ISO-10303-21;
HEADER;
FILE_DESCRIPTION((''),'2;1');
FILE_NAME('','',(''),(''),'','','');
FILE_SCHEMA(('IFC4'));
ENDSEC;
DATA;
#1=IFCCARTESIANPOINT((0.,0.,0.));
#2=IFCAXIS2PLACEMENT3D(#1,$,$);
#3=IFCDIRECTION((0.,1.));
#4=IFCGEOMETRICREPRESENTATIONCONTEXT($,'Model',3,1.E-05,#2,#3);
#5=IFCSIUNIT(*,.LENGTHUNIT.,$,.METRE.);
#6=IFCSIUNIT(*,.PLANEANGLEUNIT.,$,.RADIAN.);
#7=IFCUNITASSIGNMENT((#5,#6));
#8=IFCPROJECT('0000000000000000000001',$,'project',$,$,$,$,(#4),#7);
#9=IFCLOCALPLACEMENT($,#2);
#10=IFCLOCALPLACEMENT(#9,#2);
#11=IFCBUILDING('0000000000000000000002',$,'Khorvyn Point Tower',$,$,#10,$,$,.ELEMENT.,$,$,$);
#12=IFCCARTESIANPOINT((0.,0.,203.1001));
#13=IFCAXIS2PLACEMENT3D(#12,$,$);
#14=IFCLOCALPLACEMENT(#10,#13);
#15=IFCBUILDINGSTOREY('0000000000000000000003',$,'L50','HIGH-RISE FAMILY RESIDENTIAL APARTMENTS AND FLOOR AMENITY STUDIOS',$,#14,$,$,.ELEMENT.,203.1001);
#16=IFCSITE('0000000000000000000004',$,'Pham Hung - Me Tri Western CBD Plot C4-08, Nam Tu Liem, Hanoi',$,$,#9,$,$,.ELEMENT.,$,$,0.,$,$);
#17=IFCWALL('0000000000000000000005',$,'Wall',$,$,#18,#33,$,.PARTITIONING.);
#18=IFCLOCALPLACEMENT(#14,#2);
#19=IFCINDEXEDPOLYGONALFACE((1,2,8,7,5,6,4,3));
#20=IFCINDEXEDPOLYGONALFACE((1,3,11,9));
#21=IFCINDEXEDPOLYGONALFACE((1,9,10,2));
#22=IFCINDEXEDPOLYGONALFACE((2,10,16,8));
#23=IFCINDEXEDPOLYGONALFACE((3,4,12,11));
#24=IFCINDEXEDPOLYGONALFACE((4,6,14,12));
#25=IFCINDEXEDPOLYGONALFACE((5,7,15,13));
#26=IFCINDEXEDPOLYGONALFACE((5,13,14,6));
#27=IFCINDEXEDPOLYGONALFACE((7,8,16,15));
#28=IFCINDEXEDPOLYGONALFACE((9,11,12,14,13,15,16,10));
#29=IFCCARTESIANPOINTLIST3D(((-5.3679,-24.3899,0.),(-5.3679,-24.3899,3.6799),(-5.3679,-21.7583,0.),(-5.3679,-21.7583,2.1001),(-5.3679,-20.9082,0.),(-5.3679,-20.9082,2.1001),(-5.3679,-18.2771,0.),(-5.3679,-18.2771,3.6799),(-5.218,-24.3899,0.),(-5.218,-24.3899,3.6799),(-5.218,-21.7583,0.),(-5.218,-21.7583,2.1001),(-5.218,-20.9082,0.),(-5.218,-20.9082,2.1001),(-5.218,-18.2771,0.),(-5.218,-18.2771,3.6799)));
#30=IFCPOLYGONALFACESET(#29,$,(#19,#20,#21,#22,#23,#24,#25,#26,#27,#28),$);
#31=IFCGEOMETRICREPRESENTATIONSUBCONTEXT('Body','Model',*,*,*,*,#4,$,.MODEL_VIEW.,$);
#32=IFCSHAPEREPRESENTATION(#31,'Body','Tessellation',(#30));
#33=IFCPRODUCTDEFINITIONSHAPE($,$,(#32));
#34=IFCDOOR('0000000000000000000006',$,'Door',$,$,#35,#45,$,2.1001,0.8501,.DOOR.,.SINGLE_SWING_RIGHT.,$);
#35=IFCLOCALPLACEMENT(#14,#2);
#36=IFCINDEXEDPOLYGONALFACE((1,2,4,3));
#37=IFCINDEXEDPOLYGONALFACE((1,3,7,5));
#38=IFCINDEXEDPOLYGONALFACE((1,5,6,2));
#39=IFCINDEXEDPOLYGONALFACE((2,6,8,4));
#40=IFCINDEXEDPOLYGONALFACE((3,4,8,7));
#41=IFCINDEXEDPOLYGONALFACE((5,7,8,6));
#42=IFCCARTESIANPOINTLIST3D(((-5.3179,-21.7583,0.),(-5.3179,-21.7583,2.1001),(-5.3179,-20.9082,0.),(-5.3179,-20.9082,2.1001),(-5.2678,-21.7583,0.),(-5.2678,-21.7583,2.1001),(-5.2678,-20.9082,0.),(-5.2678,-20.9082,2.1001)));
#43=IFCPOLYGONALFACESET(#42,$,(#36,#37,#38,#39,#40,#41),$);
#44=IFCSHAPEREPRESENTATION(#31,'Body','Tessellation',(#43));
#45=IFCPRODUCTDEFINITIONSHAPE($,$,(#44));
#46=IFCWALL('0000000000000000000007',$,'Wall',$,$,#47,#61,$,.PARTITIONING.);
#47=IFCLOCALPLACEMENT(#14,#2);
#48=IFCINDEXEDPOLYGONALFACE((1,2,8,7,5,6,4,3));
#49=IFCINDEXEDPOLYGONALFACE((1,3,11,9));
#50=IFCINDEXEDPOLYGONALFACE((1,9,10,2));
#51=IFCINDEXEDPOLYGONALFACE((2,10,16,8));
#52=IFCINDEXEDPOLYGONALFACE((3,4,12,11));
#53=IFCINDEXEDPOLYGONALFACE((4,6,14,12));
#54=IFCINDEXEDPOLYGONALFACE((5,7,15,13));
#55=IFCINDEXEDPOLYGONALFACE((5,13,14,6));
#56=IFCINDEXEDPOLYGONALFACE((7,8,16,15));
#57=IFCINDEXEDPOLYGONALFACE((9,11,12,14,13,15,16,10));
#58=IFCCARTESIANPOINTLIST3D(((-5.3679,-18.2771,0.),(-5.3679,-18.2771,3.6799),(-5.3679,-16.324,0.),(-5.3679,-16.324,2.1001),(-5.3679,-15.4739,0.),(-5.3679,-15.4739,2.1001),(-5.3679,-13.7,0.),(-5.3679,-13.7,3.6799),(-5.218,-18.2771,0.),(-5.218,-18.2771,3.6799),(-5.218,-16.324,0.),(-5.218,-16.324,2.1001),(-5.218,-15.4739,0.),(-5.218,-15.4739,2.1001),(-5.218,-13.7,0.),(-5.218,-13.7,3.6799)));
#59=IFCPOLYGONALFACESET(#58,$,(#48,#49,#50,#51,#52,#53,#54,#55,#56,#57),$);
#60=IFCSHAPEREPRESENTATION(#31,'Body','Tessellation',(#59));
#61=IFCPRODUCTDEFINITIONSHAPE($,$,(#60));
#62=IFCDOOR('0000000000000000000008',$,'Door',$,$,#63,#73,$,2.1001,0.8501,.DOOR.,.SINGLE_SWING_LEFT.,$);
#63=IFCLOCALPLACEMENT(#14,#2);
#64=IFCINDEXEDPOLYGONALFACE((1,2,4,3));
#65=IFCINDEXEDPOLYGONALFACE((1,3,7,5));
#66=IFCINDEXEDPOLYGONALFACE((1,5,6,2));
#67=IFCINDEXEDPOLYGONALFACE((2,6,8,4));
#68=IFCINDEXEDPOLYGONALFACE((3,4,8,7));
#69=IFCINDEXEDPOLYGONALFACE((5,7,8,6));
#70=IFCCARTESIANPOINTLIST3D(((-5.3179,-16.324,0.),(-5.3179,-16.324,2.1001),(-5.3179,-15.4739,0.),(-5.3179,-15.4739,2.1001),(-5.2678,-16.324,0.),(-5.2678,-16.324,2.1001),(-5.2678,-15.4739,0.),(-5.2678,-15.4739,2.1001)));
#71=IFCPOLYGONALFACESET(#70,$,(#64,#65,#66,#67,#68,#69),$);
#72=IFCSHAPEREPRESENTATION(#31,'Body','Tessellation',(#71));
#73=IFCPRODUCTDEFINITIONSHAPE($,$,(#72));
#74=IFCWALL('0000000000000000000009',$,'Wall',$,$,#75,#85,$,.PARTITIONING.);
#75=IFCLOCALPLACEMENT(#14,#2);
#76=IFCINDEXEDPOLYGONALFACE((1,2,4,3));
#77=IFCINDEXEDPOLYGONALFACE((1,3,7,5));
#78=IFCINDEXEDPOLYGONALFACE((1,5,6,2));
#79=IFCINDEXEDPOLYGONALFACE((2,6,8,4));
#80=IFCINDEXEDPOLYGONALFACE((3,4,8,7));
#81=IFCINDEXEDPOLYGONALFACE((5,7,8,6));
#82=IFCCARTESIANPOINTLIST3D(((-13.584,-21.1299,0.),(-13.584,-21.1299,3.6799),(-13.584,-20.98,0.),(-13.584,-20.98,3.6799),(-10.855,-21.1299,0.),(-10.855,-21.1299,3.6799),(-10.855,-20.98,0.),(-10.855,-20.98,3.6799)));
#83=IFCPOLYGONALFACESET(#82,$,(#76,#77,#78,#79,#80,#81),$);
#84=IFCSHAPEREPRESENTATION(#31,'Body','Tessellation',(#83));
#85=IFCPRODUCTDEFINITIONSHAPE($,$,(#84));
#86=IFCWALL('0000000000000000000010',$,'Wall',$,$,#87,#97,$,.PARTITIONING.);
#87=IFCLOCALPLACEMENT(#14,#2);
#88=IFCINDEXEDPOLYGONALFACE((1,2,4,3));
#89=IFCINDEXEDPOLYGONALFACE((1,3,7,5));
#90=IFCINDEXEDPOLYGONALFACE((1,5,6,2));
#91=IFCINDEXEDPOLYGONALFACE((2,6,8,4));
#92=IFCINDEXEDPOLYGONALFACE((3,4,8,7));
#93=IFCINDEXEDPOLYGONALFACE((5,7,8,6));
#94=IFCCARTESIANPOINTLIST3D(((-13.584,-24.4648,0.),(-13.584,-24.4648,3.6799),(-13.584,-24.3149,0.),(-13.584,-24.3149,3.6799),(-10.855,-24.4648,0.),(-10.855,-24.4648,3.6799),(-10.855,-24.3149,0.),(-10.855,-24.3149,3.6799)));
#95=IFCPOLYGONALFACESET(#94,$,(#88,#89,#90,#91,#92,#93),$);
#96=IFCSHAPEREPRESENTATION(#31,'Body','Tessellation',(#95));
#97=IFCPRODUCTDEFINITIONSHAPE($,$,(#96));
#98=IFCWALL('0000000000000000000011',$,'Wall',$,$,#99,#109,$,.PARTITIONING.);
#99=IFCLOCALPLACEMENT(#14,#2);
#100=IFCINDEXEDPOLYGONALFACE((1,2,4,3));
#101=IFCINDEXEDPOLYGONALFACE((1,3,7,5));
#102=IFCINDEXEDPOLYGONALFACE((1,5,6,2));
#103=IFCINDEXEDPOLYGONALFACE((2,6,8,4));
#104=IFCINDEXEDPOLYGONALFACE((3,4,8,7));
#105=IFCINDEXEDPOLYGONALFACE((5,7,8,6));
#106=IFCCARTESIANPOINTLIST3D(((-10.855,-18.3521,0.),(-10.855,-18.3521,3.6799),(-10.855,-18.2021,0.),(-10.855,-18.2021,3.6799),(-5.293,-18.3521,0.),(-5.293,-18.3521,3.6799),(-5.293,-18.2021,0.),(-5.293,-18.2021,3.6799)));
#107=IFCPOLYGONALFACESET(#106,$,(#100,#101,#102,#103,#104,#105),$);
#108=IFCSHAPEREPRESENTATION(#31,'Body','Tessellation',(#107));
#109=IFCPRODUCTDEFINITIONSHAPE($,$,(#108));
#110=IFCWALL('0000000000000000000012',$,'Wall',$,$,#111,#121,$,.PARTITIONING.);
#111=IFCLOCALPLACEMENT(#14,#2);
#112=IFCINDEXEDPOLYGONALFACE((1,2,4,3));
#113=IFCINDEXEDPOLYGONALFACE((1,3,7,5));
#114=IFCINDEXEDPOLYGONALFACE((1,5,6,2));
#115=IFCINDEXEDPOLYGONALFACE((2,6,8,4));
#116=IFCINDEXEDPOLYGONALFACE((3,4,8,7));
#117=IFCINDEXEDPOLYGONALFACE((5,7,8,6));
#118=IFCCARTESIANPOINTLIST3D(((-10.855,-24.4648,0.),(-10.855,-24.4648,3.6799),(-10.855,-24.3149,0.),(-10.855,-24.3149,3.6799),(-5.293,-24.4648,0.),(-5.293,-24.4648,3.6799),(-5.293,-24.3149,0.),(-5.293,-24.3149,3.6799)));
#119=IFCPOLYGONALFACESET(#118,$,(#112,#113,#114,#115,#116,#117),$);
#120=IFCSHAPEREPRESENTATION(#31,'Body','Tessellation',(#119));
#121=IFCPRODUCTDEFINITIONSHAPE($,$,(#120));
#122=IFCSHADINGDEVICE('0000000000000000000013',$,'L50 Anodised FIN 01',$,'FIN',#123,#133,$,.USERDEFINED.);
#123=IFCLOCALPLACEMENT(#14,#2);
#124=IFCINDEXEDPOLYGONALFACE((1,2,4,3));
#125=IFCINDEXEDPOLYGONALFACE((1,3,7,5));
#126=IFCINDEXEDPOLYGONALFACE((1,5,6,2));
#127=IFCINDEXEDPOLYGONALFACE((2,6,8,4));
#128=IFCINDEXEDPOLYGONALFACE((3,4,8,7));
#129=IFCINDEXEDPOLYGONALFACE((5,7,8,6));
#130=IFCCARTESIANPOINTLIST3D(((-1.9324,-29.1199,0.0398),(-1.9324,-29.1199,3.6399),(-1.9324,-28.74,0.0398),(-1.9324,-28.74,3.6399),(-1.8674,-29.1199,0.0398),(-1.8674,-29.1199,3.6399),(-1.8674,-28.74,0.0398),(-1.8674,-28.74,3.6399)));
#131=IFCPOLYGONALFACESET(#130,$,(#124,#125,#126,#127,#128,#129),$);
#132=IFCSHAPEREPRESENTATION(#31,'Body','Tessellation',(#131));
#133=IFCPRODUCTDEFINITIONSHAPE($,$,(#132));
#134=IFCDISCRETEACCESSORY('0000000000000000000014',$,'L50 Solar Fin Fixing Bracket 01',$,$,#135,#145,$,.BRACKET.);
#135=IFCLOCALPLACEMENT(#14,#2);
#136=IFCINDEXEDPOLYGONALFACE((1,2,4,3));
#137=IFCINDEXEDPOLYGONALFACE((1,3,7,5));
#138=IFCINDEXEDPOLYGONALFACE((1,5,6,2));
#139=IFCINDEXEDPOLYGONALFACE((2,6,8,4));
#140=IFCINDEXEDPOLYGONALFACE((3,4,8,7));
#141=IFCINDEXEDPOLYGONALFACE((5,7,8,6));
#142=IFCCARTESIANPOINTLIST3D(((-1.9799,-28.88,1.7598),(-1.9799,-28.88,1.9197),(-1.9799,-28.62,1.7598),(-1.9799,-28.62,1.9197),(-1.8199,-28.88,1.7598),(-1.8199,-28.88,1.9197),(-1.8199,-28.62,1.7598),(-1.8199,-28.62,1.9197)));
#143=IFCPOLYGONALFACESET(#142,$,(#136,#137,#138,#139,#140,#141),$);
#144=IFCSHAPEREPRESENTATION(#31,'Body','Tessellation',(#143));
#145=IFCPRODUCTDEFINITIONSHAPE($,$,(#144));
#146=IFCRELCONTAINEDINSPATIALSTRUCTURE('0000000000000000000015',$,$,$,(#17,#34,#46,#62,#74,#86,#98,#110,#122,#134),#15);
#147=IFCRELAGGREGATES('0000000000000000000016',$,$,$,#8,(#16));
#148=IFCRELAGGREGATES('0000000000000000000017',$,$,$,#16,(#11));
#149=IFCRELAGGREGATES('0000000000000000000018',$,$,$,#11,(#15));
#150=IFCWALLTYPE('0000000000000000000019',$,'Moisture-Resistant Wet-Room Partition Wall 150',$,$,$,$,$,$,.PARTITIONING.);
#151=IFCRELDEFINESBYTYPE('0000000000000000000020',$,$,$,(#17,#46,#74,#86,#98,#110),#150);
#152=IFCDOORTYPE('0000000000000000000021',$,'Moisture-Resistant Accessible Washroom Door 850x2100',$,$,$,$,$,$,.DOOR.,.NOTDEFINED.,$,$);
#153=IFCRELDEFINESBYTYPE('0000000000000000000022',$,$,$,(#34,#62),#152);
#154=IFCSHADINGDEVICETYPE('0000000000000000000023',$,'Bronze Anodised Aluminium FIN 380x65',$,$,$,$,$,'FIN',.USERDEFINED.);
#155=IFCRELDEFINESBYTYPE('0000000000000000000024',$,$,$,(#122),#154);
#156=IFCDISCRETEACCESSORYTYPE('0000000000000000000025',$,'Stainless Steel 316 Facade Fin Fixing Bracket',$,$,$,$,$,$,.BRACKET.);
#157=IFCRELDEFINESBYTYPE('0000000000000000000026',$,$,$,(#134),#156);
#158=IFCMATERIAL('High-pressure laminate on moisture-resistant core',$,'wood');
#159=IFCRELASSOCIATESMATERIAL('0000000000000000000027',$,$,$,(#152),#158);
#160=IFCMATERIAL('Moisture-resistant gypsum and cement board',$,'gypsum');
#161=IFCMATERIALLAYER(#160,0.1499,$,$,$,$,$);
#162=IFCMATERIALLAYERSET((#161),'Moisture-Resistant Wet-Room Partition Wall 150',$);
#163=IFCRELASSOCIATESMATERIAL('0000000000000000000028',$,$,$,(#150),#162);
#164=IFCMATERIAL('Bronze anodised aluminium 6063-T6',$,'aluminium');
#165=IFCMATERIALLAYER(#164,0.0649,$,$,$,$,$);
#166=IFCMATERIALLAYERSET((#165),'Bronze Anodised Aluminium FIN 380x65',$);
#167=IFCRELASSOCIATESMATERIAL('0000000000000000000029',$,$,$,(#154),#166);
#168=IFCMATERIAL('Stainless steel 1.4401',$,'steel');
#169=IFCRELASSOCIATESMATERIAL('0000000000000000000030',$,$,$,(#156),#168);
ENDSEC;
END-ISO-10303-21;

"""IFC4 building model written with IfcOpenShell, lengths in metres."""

from ifc_helpers import new_model, si_unit, direction, frame, frame_2d, origin, origin_2d, place, context, subcontext, project, spatial, rectangle, extrude, material, layer, layer_set, type_object, element, fill, save


model = new_model("IFC4")

# Units and contexts
model_context = context("Model", 3, precision=1e-05, world=origin(), true_north=direction((0.0, 1.0)))
body_context = subcontext(model_context, "Body", "Model", "MODEL_VIEW")
ifc_project = project(units=[si_unit("LENGTHUNIT", "METRE"), si_unit("PLANEANGLEUNIT", "RADIAN")], contexts=[model_context])

# Site, building, storey
site_placement = place(None, origin())
site = spatial("IfcSite", under=ifc_project, at=site_placement, Name="Pham Hung - Me Tri Western CBD Plot C4-08, Nam Tu Liem, Hanoi", CompositionType="ELEMENT", RefElevation=0.0)
building_placement = place(site_placement, origin())
building = spatial("IfcBuilding", under=site, at=building_placement, Name="Khorvyn Point Tower", CompositionType="ELEMENT")
storey_placement = place(building_placement, frame((0.0, 0.0, 203.1001)))
storey = spatial("IfcBuildingStorey", under=building, at=storey_placement, Name="L50", Description="HIGH-RISE FAMILY RESIDENTIAL APARTMENTS AND FLOOR AMENITY STUDIOS", CompositionType="ELEMENT", Elevation=203.1001)

# Walls, openings, doors
ifc_material_1 = material(Name="High-pressure laminate on moisture-resistant core", Category="wood")
door_type_1 = type_object("IfcDoorType", Name="Moisture-Resistant Accessible Washroom Door 850x2100", OperationType="NOTDEFINED", PredefinedType="DOOR", material=ifc_material_1)
ifc_material_2 = material(Name="Moisture-resistant gypsum and cement board", Category="gypsum")
ifc_layer_1 = layer(ifc_material_2, 0.1499)
ifc_layer_set_1 = layer_set([ifc_layer_1], Name="Moisture-Resistant Wet-Room Partition Wall 150")
wall_type_1 = type_object("IfcWallType", Name="Moisture-Resistant Wet-Room Partition Wall 150", PredefinedType="PARTITIONING", material=ifc_layer_set_1)
wall_1_placement = place(storey_placement, frame((-5.293, -24.3899, 0.0), z_axis=(0.0, 0.0, 1.0), x_axis=(0.0, 1.0, 0.0)))
wall_1 = element("IfcWall", 1, at=wall_1_placement, inside=storey, type_object=wall_type_1, Name="Wall", PredefinedType="PARTITIONING", context=body_context, shape_type="SweptSolid", body=[
    extrude(rectangle(XDim=6.1128, YDim=0.1499, at=frame_2d((3.0564, 0.0))), origin(), (0.0, 0.0, 1.0), 3.6799),
])
opening_1_placement = place(wall_1_placement, frame((2.6316, 0.0, 0.0)))
opening_1 = element("IfcOpeningElement", 2, at=opening_1_placement, cuts=wall_1, PredefinedType="OPENING", context=body_context, shape_type="SweptSolid", body=[
    extrude(rectangle(XDim=0.8501, YDim=2.1001, at=frame_2d((0.425, 1.05))), frame((0.0, 0.085, 0.0), z_axis=(0.0, -1.0, 0.0), x_axis=(1.0, 0.0, 0.0)), (0.0, 0.0, 1.0), 0.1699),
])
door_1_placement = place(opening_1_placement, origin())
door_1 = element("IfcDoor", 3, at=door_1_placement, inside=storey, type_object=door_type_1, Name="Door", OperationType="SINGLE_SWING_RIGHT", OverallHeight=2.1001, OverallWidth=0.8501, PredefinedType="DOOR", context=body_context, shape_type="SweptSolid", body=[
    extrude(rectangle(XDim=0.8501, YDim=2.1001, at=frame_2d((0.425, 1.05))), frame((0.0, 0.0249, 0.0), z_axis=(0.0, -1.0, 0.0), x_axis=(1.0, 0.0, 0.0)), (0.0, 0.0, 1.0), 0.05),
])
fill(opening_1, door_1)
wall_2_placement = place(storey_placement, frame((-5.293, -18.2771, 0.0), z_axis=(0.0, 0.0, 1.0), x_axis=(0.0, 1.0, 0.0)))
wall_2 = element("IfcWall", 4, at=wall_2_placement, inside=storey, type_object=wall_type_1, Name="Wall", PredefinedType="PARTITIONING", context=body_context, shape_type="SweptSolid", body=[
    extrude(rectangle(XDim=4.5771, YDim=0.1499, at=frame_2d((2.2886, 0.0))), origin(), (0.0, 0.0, 1.0), 3.6799),
])
opening_2_placement = place(wall_2_placement, frame((1.9531, 0.0, 0.0)))
opening_2 = element("IfcOpeningElement", 5, at=opening_2_placement, cuts=wall_2, PredefinedType="OPENING", context=body_context, shape_type="SweptSolid", body=[
    extrude(rectangle(XDim=0.8501, YDim=2.1001, at=frame_2d((0.425, 1.05))), frame((0.0, 0.085, 0.0), z_axis=(0.0, -1.0, 0.0), x_axis=(1.0, 0.0, 0.0)), (0.0, 0.0, 1.0), 0.1699),
])
door_2_placement = place(opening_2_placement, origin())
door_2 = element("IfcDoor", 6, at=door_2_placement, inside=storey, type_object=door_type_1, Name="Door", OperationType="SINGLE_SWING_LEFT", OverallHeight=2.1001, OverallWidth=0.8501, PredefinedType="DOOR", context=body_context, shape_type="SweptSolid", body=[
    extrude(rectangle(XDim=0.8501, YDim=2.1001, at=frame_2d((0.425, 1.05))), frame((0.0, 0.0249, 0.0), z_axis=(0.0, -1.0, 0.0), x_axis=(1.0, 0.0, 0.0)), (0.0, 0.0, 1.0), 0.05),
])
fill(opening_2, door_2)

# Walls
for number, where, z_axis, x_axis, name in (
    (7, (-13.584, -21.0549, 0.0), (0.0, 0.0, 1.0), (1.0, 0.0, 0.0), "Wall"),
    (8, (-13.584, -24.3899, 0.0), (0.0, 0.0, 1.0), (1.0, 0.0, 0.0), "Wall"),
):
    element("IfcWall", number, at=place(storey_placement, frame(where, z_axis=z_axis, x_axis=x_axis)), inside=storey, type_object=wall_type_1, Name=name, PredefinedType="PARTITIONING", context=body_context, shape_type="SweptSolid", body=[
        extrude(rectangle(XDim=2.729, YDim=0.1499, at=frame_2d((1.3645, 0.0))), origin(), (0.0, 0.0, 1.0), 3.6799),
    ])
for number, where, z_axis, x_axis, name in (
    (9, (-10.855, -18.2771, 0.0), (0.0, 0.0, 1.0), (1.0, 0.0, 0.0), "Wall"),
    (10, (-10.855, -24.3899, 0.0), (0.0, 0.0, 1.0), (1.0, 0.0, 0.0), "Wall"),
):
    element("IfcWall", number, at=place(storey_placement, frame(where, z_axis=z_axis, x_axis=x_axis)), inside=storey, type_object=wall_type_1, Name=name, PredefinedType="PARTITIONING", context=body_context, shape_type="SweptSolid", body=[
        extrude(rectangle(XDim=5.562, YDim=0.1499, at=frame_2d((2.781, 0.0))), origin(), (0.0, 0.0, 1.0), 3.6799),
    ])

# Shading device
ifc_material_3 = material(Name="Bronze anodised aluminium 6063-T6", Category="aluminium")
ifc_layer_2 = layer(ifc_material_3, 0.0649)
ifc_layer_set_2 = layer_set([ifc_layer_2], Name="Bronze Anodised Aluminium FIN 380x65")
shading_device_type = type_object("IfcShadingDeviceType", Name="Bronze Anodised Aluminium FIN 380x65", ElementType="FIN", PredefinedType="USERDEFINED", material=ifc_layer_set_2)
shading_device_placement = place(storey_placement, frame((-1.8999, -28.9299, 0.0398), z_axis=(0.0, 0.0, 1.0), x_axis=(0.0, -1.0, 0.0)))
element("IfcShadingDevice", 11, at=shading_device_placement, inside=storey, type_object=shading_device_type, Name="L50 Anodised FIN 01", ObjectType="FIN", PredefinedType="USERDEFINED", context=body_context, shape_type="SweptSolid", body=[
    extrude(rectangle(XDim=0.3799, YDim=0.0649, at=origin_2d()), origin(), (0.0, 0.0, 1.0), 3.6001),
])

# Discrete accessory
ifc_material_4 = material(Name="Stainless steel 1.4401", Category="steel")
discrete_accessory_type = type_object("IfcDiscreteAccessoryType", Name="Stainless Steel 316 Facade Fin Fixing Bracket", PredefinedType="BRACKET", material=ifc_material_4)
discrete_accessory_placement = place(storey_placement, frame((-1.8999, -28.75, 1.7598), z_axis=(0.0, 0.0, 1.0), x_axis=(-1.0, 0.0, 0.0)))
element("IfcDiscreteAccessory", 12, at=discrete_accessory_placement, inside=storey, type_object=discrete_accessory_type, Name="L50 Solar Fin Fixing Bracket 01", PredefinedType="BRACKET", context=body_context, shape_type="SweptSolid", body=[
    extrude(rectangle(XDim=0.1599, YDim=0.26, at=origin_2d()), origin(), (0.0, 0.0, 1.0), 0.1599),
])

save(model, "model.ifc")
